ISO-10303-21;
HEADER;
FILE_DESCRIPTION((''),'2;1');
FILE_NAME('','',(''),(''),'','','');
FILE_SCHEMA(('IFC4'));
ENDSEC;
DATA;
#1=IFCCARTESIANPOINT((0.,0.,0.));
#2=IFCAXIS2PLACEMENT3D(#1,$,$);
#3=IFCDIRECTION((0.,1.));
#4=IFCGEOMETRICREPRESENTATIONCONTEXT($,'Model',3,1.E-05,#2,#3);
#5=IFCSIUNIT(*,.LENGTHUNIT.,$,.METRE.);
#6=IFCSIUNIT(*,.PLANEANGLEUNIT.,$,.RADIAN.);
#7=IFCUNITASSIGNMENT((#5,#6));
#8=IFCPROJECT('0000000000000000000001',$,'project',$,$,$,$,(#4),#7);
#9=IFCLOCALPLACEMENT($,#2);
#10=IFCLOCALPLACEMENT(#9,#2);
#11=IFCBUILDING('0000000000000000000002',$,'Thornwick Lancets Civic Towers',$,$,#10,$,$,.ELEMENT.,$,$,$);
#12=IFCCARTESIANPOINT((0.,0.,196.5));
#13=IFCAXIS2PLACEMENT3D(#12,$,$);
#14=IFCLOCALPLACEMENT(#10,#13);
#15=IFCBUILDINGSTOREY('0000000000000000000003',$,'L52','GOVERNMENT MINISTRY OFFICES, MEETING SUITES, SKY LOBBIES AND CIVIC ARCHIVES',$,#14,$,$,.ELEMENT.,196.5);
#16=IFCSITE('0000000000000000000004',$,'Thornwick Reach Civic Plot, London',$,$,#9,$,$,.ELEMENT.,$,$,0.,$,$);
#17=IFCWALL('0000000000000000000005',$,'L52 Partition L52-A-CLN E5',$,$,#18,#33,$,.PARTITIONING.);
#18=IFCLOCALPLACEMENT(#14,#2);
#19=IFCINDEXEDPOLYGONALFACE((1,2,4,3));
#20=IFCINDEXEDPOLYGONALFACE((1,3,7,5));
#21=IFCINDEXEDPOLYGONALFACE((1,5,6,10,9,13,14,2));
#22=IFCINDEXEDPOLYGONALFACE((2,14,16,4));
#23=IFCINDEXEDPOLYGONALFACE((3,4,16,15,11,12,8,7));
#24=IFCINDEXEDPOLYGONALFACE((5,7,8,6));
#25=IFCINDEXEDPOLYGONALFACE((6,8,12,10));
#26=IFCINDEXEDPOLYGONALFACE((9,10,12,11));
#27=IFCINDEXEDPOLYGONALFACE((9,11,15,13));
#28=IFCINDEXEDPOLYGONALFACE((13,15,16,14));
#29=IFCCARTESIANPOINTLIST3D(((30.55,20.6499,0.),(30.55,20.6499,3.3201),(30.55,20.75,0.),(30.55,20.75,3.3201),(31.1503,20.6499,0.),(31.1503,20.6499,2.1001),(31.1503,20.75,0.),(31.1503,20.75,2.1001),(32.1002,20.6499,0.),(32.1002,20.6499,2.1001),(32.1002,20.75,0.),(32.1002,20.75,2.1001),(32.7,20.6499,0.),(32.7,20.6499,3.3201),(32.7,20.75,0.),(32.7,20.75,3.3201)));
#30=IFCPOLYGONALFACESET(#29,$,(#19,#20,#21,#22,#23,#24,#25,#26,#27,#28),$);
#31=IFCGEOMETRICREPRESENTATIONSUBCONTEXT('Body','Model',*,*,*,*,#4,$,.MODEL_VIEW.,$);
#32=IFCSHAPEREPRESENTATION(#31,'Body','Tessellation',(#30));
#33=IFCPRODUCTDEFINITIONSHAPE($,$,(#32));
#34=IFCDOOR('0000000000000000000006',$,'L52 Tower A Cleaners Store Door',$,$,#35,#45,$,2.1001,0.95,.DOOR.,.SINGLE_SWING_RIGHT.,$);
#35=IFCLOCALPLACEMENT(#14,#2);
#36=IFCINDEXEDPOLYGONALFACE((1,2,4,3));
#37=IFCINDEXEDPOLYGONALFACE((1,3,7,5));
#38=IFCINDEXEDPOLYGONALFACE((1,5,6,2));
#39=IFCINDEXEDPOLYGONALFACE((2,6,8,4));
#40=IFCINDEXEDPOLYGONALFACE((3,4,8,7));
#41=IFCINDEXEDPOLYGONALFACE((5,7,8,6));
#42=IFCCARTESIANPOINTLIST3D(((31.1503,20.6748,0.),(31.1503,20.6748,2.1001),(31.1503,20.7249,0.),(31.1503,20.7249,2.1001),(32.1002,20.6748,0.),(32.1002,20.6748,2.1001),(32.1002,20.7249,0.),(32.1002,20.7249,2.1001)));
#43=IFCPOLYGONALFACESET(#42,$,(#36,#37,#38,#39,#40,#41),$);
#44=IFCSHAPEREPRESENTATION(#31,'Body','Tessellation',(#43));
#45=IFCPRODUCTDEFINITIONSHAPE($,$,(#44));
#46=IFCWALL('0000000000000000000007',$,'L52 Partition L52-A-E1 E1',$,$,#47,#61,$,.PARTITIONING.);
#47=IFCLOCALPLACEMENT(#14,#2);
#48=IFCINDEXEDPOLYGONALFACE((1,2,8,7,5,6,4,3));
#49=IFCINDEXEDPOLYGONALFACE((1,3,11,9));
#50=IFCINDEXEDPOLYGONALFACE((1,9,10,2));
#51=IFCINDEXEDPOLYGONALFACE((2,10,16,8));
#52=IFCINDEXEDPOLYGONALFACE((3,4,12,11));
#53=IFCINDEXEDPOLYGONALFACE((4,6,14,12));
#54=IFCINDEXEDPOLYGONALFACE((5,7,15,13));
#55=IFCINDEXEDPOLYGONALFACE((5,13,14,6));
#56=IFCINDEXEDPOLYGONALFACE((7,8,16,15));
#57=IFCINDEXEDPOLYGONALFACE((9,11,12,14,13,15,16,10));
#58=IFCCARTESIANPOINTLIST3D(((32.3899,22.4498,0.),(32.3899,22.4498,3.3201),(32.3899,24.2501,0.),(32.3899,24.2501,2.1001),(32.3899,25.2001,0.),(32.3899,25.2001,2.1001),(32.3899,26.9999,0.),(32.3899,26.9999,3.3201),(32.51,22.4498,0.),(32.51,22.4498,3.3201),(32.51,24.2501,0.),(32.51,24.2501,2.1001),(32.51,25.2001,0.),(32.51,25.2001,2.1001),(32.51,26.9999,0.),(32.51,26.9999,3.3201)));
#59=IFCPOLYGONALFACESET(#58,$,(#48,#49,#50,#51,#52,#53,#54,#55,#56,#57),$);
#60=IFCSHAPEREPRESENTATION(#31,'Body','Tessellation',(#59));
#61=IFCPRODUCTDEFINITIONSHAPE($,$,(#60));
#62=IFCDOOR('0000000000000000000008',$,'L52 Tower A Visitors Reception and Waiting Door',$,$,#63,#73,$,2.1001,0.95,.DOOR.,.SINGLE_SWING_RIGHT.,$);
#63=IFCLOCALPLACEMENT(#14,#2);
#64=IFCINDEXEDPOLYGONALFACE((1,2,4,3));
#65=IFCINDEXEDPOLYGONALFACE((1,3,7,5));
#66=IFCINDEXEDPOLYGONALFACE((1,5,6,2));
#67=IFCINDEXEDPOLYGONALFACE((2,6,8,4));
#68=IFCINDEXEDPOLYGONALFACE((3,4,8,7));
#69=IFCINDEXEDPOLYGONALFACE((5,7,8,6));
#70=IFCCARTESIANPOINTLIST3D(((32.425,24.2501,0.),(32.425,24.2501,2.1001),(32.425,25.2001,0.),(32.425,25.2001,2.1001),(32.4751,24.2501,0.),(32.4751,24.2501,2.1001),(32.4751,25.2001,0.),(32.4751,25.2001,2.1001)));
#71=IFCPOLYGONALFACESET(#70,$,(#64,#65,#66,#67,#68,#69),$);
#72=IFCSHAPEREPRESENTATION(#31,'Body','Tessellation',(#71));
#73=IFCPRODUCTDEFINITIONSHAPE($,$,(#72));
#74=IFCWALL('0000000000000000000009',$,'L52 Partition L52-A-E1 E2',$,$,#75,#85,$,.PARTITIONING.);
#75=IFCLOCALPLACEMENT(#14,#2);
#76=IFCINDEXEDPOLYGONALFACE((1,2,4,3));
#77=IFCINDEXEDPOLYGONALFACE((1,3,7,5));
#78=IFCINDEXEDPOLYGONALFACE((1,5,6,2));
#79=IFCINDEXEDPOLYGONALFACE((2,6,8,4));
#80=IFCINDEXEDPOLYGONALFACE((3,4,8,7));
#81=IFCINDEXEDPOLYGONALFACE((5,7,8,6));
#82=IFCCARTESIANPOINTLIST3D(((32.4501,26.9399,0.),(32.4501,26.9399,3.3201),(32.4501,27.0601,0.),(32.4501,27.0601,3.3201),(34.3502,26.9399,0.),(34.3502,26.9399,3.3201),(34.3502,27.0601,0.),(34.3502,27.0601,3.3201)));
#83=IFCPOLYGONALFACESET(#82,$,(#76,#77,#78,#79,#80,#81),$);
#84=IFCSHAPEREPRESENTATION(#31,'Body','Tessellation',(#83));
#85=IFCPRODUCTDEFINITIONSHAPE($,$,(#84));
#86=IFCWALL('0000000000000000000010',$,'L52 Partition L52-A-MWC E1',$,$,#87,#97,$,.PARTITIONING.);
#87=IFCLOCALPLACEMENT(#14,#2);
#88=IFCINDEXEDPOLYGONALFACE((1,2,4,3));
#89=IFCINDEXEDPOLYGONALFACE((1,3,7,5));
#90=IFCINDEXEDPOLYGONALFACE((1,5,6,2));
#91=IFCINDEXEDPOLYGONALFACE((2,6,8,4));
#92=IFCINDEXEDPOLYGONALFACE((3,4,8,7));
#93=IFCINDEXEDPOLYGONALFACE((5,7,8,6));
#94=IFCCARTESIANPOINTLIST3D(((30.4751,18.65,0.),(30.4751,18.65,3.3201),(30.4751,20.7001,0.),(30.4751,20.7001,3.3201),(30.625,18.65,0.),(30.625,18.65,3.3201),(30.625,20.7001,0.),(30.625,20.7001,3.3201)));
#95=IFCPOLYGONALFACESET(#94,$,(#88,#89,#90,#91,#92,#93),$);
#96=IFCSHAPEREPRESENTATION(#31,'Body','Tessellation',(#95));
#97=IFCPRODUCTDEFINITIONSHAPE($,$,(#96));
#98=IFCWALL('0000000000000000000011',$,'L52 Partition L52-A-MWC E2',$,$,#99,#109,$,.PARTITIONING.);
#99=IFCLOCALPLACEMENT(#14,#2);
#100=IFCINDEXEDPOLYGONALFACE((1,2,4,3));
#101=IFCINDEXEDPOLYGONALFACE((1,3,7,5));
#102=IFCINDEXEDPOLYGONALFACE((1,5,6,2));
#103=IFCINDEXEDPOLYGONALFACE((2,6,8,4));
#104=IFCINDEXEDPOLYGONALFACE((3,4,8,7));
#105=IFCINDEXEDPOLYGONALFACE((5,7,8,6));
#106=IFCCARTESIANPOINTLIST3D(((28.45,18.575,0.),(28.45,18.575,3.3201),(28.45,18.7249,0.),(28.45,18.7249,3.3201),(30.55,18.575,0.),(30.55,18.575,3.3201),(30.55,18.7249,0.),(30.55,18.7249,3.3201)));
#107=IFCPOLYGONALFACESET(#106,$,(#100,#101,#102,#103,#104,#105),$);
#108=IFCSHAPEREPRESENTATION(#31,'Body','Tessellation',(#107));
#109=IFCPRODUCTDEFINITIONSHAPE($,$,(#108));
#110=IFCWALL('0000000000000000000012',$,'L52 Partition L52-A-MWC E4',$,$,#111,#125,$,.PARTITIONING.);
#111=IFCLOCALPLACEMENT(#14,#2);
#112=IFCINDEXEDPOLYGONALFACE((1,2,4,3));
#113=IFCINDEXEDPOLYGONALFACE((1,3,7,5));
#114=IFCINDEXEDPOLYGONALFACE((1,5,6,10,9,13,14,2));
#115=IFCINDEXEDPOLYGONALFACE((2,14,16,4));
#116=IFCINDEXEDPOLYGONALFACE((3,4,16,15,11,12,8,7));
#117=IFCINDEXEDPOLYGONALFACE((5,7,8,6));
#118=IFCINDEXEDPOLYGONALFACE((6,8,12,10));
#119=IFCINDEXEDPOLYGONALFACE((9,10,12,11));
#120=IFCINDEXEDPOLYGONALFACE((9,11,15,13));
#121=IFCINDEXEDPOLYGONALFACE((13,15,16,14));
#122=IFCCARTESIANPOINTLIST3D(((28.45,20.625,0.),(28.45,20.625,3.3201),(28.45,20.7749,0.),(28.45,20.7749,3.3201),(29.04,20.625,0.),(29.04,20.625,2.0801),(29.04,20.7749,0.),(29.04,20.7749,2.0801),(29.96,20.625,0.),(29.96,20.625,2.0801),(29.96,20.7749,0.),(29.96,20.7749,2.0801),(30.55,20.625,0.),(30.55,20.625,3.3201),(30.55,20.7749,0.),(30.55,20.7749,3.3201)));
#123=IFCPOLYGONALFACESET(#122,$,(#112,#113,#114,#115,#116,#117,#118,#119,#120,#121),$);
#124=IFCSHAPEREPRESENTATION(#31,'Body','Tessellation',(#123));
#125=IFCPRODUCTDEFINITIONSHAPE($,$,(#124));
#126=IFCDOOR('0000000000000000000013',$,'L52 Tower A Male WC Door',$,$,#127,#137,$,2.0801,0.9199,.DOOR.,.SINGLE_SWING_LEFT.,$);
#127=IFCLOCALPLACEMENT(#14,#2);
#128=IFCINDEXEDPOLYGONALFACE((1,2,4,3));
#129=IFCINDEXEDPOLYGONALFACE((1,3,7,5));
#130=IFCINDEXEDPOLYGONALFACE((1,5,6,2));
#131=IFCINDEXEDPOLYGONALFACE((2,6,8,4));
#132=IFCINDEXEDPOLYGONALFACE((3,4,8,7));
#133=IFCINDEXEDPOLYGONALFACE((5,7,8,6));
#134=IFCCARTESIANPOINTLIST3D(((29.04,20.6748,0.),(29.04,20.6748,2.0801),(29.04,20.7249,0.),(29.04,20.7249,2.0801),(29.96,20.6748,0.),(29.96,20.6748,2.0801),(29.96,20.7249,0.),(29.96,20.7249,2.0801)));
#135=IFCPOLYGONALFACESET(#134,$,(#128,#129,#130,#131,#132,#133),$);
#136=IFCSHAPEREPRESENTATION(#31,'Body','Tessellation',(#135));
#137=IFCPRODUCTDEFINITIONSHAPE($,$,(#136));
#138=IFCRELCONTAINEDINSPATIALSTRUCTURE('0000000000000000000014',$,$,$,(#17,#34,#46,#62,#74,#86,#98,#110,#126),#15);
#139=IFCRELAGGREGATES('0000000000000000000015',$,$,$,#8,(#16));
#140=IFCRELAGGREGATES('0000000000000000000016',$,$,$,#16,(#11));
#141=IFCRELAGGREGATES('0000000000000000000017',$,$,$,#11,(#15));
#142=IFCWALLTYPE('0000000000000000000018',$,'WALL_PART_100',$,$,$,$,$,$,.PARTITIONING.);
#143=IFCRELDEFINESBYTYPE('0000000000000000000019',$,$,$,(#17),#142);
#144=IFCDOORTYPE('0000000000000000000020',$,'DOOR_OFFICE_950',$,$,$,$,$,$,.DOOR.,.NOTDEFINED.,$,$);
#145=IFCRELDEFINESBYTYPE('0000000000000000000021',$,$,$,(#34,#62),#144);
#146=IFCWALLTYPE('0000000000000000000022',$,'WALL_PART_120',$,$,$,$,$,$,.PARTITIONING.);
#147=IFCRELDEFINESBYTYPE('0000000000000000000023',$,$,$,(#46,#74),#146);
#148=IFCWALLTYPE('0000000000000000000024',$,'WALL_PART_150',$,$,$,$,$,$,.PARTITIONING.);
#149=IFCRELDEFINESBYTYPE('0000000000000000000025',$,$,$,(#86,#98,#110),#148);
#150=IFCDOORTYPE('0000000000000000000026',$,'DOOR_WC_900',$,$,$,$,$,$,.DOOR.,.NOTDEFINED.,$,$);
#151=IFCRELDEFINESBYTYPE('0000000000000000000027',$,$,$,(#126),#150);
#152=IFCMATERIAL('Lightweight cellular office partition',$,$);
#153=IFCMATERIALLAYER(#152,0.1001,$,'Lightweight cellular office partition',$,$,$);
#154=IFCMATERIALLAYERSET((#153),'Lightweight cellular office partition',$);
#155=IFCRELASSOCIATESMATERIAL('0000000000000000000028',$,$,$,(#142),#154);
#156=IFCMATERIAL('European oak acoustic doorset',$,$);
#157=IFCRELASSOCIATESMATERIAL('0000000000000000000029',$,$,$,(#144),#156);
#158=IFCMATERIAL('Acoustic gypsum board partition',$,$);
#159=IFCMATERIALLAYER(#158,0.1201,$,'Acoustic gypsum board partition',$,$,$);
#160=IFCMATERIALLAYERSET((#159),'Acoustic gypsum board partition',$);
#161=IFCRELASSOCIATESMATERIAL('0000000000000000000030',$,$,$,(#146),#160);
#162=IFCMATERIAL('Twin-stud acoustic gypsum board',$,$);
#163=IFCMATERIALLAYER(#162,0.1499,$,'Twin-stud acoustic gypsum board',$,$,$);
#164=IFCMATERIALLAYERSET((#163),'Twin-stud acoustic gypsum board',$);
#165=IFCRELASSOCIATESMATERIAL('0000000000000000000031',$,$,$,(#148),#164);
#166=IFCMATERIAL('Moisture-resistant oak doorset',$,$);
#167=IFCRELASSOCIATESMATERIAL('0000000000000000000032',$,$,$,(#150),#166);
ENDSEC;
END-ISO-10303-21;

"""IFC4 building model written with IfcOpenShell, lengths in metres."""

from ifc_helpers import new_model, si_unit, direction, frame, frame_2d, origin, place, context, subcontext, project, spatial, rectangle, extrude, material, layer, layer_set, type_object, element, fill, save


model = new_model("IFC4")

# Units and contexts
model_context = context("Model", 3, precision=1e-05, world=origin(), true_north=direction((0.0, 1.0)))
body_context = subcontext(model_context, "Body", "Model", "MODEL_VIEW")
ifc_project = project(units=[si_unit("LENGTHUNIT", "METRE"), si_unit("PLANEANGLEUNIT", "RADIAN")], contexts=[model_context])

# Site, building, storey
site_placement = place(None, origin())
site = spatial("IfcSite", under=ifc_project, at=site_placement, Name="Thornwick Reach Civic Plot, London", CompositionType="ELEMENT", RefElevation=0.0)
building_placement = place(site_placement, origin())
building = spatial("IfcBuilding", under=site, at=building_placement, Name="Thornwick Lancets Civic Towers", CompositionType="ELEMENT")
storey_placement = place(building_placement, frame((0.0, 0.0, 196.5)))
storey = spatial("IfcBuildingStorey", under=building, at=storey_placement, Name="L52", Description="GOVERNMENT MINISTRY OFFICES, MEETING SUITES, SKY LOBBIES AND CIVIC ARCHIVES", CompositionType="ELEMENT", Elevation=196.5)

# Walls, openings, doors
ifc_material_1 = material(Name="Lightweight cellular office partition")
ifc_layer_1 = layer(ifc_material_1, 0.1001, Name="Lightweight cellular office partition")
ifc_layer_set_1 = layer_set([ifc_layer_1], Name="Lightweight cellular office partition")
wall_type_1 = type_object("IfcWallType", Name="WALL_PART_100", PredefinedType="PARTITIONING", material=ifc_layer_set_1)
wall_1_placement = place(storey_placement, frame((30.55, 20.7, 0.0), z_axis=(0.0, 0.0, 1.0), x_axis=(1.0, 0.0, 0.0)))
wall_1 = element("IfcWall", 1, at=wall_1_placement, inside=storey, type_object=wall_type_1, Name="L52 Partition L52-A-CLN E5", PredefinedType="PARTITIONING", context=body_context, shape_type="SweptSolid", body=[
    extrude(rectangle(XDim=2.1499, YDim=0.1001, at=frame_2d((1.075, 0.0))), origin(), (0.0, 0.0, 1.0), 3.3201),
])
opening_1_placement = place(wall_1_placement, frame((0.6001, 0.0, 0.0)))
opening_1 = element("IfcOpeningElement", 2, at=opening_1_placement, cuts=wall_1, PredefinedType="OPENING", context=body_context, shape_type="SweptSolid", body=[
    extrude(rectangle(XDim=0.95, YDim=2.1001, at=frame_2d((0.4751, 1.05))), frame((0.0, 0.0601, 0.0), z_axis=(0.0, -1.0, 0.0), x_axis=(1.0, 0.0, 0.0)), (0.0, 0.0, 1.0), 0.1201),
])
ifc_material_2 = material(Name="European oak acoustic doorset")
door_type_1 = type_object("IfcDoorType", Name="DOOR_OFFICE_950", OperationType="NOTDEFINED", PredefinedType="DOOR", material=ifc_material_2)
door_1_placement = place(opening_1_placement, origin())
door_1 = element("IfcDoor", 3, at=door_1_placement, inside=storey, type_object=door_type_1, Name="L52 Tower A Cleaners Store Door", OperationType="SINGLE_SWING_RIGHT", OverallHeight=2.1001, OverallWidth=0.95, PredefinedType="DOOR", context=body_context, shape_type="SweptSolid", body=[
    extrude(rectangle(XDim=0.95, YDim=2.1001, at=frame_2d((0.4751, 1.05))), frame((0.0, 0.0249, 0.0), z_axis=(0.0, -1.0, 0.0), x_axis=(1.0, 0.0, 0.0)), (0.0, 0.0, 1.0), 0.05),
])
fill(opening_1, door_1)
ifc_material_3 = material(Name="Acoustic gypsum board partition")
ifc_layer_2 = layer(ifc_material_3, 0.1201, Name="Acoustic gypsum board partition")
ifc_layer_set_2 = layer_set([ifc_layer_2], Name="Acoustic gypsum board partition")
wall_type_2 = type_object("IfcWallType", Name="WALL_PART_120", PredefinedType="PARTITIONING", material=ifc_layer_set_2)
wall_2_placement = place(storey_placement, frame((32.45, 22.45, 0.0), z_axis=(0.0, 0.0, 1.0), x_axis=(0.0, 1.0, 0.0)))
wall_2 = element("IfcWall", 4, at=wall_2_placement, inside=storey, type_object=wall_type_2, Name="L52 Partition L52-A-E1 E1", PredefinedType="PARTITIONING", context=body_context, shape_type="SweptSolid", body=[
    extrude(rectangle(XDim=4.55, YDim=0.1201, at=frame_2d((2.2749, 0.0))), origin(), (0.0, 0.0, 1.0), 3.3201),
])
opening_2_placement = place(wall_2_placement, frame((1.8, 0.0, 0.0)))
opening_2 = element("IfcOpeningElement", 5, at=opening_2_placement, cuts=wall_2, PredefinedType="OPENING", context=body_context, shape_type="SweptSolid", body=[
    extrude(rectangle(XDim=0.95, YDim=2.1001, at=frame_2d((0.4751, 1.05))), frame((0.0, 0.0701, 0.0), z_axis=(0.0, -1.0, 0.0), x_axis=(1.0, 0.0, 0.0)), (0.0, 0.0, 1.0), 0.1401),
])
door_2_placement = place(opening_2_placement, origin())
door_2 = element("IfcDoor", 6, at=door_2_placement, inside=storey, type_object=door_type_1, Name="L52 Tower A Visitors Reception and Waiting Door", OperationType="SINGLE_SWING_RIGHT", OverallHeight=2.1001, OverallWidth=0.95, PredefinedType="DOOR", context=body_context, shape_type="SweptSolid", body=[
    extrude(rectangle(XDim=0.95, YDim=2.1001, at=frame_2d((0.4751, 1.05))), frame((0.0, 0.0249, 0.0), z_axis=(0.0, -1.0, 0.0), x_axis=(1.0, 0.0, 0.0)), (0.0, 0.0, 1.0), 0.05),
])
fill(opening_2, door_2)

# Walls
wall_3_placement = place(storey_placement, frame((32.45, 27.0, 0.0), z_axis=(0.0, 0.0, 1.0), x_axis=(1.0, 0.0, 0.0)))
element("IfcWall", 7, at=wall_3_placement, inside=storey, type_object=wall_type_2, Name="L52 Partition L52-A-E1 E2", PredefinedType="PARTITIONING", context=body_context, shape_type="SweptSolid", body=[
    extrude(rectangle(XDim=1.9001, YDim=0.1201, at=frame_2d((0.9502, 0.0))), origin(), (0.0, 0.0, 1.0), 3.3201),
])
ifc_material_4 = material(Name="Twin-stud acoustic gypsum board")
ifc_layer_3 = layer(ifc_material_4, 0.1499, Name="Twin-stud acoustic gypsum board")
ifc_layer_set_3 = layer_set([ifc_layer_3], Name="Twin-stud acoustic gypsum board")
wall_type_3 = type_object("IfcWallType", Name="WALL_PART_150", PredefinedType="PARTITIONING", material=ifc_layer_set_3)
wall_4_placement = place(storey_placement, frame((30.55, 20.7, 0.0), z_axis=(0.0, 0.0, 1.0), x_axis=(0.0, -1.0, 0.0)))
element("IfcWall", 8, at=wall_4_placement, inside=storey, type_object=wall_type_3, Name="L52 Partition L52-A-MWC E1", PredefinedType="PARTITIONING", context=body_context, shape_type="SweptSolid", body=[
    extrude(rectangle(XDim=2.05, YDim=0.1499, at=frame_2d((1.0249, 0.0))), origin(), (0.0, 0.0, 1.0), 3.3201),
])
wall_5_placement = place(storey_placement, frame((30.55, 18.6499, 0.0), z_axis=(0.0, 0.0, 1.0), x_axis=(-1.0, 0.0, 0.0)))
element("IfcWall", 9, at=wall_5_placement, inside=storey, type_object=wall_type_3, Name="L52 Partition L52-A-MWC E2", PredefinedType="PARTITIONING", context=body_context, shape_type="SweptSolid", body=[
    extrude(rectangle(XDim=2.1001, YDim=0.1499, at=frame_2d((1.05, 0.0))), origin(), (0.0, 0.0, 1.0), 3.3201),
])

# Wall, opening, door
wall_6_placement = place(storey_placement, frame((28.45, 20.7, 0.0), z_axis=(0.0, 0.0, 1.0), x_axis=(1.0, 0.0, 0.0)))
wall_6 = element("IfcWall", 10, at=wall_6_placement, inside=storey, type_object=wall_type_3, Name="L52 Partition L52-A-MWC E4", PredefinedType="PARTITIONING", context=body_context, shape_type="SweptSolid", body=[
    extrude(rectangle(XDim=2.1001, YDim=0.1499, at=frame_2d((1.05, 0.0))), origin(), (0.0, 0.0, 1.0), 3.3201),
])
opening_3_placement = place(wall_6_placement, frame((0.5901, 0.0, 0.0)))
opening_3 = element("IfcOpeningElement", 11, at=opening_3_placement, cuts=wall_6, PredefinedType="OPENING", context=body_context, shape_type="SweptSolid", body=[
    extrude(rectangle(XDim=0.9199, YDim=2.0801, at=frame_2d((0.46, 1.04))), frame((0.0, 0.085, 0.0), z_axis=(0.0, -1.0, 0.0), x_axis=(1.0, 0.0, 0.0)), (0.0, 0.0, 1.0), 0.1699),
])
ifc_material_5 = material(Name="Moisture-resistant oak doorset")
door_type_2 = type_object("IfcDoorType", Name="DOOR_WC_900", OperationType="NOTDEFINED", PredefinedType="DOOR", material=ifc_material_5)
door_3_placement = place(opening_3_placement, origin())
door_3 = element("IfcDoor", 12, at=door_3_placement, inside=storey, type_object=door_type_2, Name="L52 Tower A Male WC Door", OperationType="SINGLE_SWING_LEFT", OverallHeight=2.0801, OverallWidth=0.9199, PredefinedType="DOOR", context=body_context, shape_type="SweptSolid", body=[
    extrude(rectangle(XDim=0.9199, YDim=2.0801, at=frame_2d((0.46, 1.04))), frame((0.0, 0.0249, 0.0), z_axis=(0.0, -1.0, 0.0), x_axis=(1.0, 0.0, 0.0)), (0.0, 0.0, 1.0), 0.05),
])
fill(opening_3, door_3)

save(model, "model.ifc")
